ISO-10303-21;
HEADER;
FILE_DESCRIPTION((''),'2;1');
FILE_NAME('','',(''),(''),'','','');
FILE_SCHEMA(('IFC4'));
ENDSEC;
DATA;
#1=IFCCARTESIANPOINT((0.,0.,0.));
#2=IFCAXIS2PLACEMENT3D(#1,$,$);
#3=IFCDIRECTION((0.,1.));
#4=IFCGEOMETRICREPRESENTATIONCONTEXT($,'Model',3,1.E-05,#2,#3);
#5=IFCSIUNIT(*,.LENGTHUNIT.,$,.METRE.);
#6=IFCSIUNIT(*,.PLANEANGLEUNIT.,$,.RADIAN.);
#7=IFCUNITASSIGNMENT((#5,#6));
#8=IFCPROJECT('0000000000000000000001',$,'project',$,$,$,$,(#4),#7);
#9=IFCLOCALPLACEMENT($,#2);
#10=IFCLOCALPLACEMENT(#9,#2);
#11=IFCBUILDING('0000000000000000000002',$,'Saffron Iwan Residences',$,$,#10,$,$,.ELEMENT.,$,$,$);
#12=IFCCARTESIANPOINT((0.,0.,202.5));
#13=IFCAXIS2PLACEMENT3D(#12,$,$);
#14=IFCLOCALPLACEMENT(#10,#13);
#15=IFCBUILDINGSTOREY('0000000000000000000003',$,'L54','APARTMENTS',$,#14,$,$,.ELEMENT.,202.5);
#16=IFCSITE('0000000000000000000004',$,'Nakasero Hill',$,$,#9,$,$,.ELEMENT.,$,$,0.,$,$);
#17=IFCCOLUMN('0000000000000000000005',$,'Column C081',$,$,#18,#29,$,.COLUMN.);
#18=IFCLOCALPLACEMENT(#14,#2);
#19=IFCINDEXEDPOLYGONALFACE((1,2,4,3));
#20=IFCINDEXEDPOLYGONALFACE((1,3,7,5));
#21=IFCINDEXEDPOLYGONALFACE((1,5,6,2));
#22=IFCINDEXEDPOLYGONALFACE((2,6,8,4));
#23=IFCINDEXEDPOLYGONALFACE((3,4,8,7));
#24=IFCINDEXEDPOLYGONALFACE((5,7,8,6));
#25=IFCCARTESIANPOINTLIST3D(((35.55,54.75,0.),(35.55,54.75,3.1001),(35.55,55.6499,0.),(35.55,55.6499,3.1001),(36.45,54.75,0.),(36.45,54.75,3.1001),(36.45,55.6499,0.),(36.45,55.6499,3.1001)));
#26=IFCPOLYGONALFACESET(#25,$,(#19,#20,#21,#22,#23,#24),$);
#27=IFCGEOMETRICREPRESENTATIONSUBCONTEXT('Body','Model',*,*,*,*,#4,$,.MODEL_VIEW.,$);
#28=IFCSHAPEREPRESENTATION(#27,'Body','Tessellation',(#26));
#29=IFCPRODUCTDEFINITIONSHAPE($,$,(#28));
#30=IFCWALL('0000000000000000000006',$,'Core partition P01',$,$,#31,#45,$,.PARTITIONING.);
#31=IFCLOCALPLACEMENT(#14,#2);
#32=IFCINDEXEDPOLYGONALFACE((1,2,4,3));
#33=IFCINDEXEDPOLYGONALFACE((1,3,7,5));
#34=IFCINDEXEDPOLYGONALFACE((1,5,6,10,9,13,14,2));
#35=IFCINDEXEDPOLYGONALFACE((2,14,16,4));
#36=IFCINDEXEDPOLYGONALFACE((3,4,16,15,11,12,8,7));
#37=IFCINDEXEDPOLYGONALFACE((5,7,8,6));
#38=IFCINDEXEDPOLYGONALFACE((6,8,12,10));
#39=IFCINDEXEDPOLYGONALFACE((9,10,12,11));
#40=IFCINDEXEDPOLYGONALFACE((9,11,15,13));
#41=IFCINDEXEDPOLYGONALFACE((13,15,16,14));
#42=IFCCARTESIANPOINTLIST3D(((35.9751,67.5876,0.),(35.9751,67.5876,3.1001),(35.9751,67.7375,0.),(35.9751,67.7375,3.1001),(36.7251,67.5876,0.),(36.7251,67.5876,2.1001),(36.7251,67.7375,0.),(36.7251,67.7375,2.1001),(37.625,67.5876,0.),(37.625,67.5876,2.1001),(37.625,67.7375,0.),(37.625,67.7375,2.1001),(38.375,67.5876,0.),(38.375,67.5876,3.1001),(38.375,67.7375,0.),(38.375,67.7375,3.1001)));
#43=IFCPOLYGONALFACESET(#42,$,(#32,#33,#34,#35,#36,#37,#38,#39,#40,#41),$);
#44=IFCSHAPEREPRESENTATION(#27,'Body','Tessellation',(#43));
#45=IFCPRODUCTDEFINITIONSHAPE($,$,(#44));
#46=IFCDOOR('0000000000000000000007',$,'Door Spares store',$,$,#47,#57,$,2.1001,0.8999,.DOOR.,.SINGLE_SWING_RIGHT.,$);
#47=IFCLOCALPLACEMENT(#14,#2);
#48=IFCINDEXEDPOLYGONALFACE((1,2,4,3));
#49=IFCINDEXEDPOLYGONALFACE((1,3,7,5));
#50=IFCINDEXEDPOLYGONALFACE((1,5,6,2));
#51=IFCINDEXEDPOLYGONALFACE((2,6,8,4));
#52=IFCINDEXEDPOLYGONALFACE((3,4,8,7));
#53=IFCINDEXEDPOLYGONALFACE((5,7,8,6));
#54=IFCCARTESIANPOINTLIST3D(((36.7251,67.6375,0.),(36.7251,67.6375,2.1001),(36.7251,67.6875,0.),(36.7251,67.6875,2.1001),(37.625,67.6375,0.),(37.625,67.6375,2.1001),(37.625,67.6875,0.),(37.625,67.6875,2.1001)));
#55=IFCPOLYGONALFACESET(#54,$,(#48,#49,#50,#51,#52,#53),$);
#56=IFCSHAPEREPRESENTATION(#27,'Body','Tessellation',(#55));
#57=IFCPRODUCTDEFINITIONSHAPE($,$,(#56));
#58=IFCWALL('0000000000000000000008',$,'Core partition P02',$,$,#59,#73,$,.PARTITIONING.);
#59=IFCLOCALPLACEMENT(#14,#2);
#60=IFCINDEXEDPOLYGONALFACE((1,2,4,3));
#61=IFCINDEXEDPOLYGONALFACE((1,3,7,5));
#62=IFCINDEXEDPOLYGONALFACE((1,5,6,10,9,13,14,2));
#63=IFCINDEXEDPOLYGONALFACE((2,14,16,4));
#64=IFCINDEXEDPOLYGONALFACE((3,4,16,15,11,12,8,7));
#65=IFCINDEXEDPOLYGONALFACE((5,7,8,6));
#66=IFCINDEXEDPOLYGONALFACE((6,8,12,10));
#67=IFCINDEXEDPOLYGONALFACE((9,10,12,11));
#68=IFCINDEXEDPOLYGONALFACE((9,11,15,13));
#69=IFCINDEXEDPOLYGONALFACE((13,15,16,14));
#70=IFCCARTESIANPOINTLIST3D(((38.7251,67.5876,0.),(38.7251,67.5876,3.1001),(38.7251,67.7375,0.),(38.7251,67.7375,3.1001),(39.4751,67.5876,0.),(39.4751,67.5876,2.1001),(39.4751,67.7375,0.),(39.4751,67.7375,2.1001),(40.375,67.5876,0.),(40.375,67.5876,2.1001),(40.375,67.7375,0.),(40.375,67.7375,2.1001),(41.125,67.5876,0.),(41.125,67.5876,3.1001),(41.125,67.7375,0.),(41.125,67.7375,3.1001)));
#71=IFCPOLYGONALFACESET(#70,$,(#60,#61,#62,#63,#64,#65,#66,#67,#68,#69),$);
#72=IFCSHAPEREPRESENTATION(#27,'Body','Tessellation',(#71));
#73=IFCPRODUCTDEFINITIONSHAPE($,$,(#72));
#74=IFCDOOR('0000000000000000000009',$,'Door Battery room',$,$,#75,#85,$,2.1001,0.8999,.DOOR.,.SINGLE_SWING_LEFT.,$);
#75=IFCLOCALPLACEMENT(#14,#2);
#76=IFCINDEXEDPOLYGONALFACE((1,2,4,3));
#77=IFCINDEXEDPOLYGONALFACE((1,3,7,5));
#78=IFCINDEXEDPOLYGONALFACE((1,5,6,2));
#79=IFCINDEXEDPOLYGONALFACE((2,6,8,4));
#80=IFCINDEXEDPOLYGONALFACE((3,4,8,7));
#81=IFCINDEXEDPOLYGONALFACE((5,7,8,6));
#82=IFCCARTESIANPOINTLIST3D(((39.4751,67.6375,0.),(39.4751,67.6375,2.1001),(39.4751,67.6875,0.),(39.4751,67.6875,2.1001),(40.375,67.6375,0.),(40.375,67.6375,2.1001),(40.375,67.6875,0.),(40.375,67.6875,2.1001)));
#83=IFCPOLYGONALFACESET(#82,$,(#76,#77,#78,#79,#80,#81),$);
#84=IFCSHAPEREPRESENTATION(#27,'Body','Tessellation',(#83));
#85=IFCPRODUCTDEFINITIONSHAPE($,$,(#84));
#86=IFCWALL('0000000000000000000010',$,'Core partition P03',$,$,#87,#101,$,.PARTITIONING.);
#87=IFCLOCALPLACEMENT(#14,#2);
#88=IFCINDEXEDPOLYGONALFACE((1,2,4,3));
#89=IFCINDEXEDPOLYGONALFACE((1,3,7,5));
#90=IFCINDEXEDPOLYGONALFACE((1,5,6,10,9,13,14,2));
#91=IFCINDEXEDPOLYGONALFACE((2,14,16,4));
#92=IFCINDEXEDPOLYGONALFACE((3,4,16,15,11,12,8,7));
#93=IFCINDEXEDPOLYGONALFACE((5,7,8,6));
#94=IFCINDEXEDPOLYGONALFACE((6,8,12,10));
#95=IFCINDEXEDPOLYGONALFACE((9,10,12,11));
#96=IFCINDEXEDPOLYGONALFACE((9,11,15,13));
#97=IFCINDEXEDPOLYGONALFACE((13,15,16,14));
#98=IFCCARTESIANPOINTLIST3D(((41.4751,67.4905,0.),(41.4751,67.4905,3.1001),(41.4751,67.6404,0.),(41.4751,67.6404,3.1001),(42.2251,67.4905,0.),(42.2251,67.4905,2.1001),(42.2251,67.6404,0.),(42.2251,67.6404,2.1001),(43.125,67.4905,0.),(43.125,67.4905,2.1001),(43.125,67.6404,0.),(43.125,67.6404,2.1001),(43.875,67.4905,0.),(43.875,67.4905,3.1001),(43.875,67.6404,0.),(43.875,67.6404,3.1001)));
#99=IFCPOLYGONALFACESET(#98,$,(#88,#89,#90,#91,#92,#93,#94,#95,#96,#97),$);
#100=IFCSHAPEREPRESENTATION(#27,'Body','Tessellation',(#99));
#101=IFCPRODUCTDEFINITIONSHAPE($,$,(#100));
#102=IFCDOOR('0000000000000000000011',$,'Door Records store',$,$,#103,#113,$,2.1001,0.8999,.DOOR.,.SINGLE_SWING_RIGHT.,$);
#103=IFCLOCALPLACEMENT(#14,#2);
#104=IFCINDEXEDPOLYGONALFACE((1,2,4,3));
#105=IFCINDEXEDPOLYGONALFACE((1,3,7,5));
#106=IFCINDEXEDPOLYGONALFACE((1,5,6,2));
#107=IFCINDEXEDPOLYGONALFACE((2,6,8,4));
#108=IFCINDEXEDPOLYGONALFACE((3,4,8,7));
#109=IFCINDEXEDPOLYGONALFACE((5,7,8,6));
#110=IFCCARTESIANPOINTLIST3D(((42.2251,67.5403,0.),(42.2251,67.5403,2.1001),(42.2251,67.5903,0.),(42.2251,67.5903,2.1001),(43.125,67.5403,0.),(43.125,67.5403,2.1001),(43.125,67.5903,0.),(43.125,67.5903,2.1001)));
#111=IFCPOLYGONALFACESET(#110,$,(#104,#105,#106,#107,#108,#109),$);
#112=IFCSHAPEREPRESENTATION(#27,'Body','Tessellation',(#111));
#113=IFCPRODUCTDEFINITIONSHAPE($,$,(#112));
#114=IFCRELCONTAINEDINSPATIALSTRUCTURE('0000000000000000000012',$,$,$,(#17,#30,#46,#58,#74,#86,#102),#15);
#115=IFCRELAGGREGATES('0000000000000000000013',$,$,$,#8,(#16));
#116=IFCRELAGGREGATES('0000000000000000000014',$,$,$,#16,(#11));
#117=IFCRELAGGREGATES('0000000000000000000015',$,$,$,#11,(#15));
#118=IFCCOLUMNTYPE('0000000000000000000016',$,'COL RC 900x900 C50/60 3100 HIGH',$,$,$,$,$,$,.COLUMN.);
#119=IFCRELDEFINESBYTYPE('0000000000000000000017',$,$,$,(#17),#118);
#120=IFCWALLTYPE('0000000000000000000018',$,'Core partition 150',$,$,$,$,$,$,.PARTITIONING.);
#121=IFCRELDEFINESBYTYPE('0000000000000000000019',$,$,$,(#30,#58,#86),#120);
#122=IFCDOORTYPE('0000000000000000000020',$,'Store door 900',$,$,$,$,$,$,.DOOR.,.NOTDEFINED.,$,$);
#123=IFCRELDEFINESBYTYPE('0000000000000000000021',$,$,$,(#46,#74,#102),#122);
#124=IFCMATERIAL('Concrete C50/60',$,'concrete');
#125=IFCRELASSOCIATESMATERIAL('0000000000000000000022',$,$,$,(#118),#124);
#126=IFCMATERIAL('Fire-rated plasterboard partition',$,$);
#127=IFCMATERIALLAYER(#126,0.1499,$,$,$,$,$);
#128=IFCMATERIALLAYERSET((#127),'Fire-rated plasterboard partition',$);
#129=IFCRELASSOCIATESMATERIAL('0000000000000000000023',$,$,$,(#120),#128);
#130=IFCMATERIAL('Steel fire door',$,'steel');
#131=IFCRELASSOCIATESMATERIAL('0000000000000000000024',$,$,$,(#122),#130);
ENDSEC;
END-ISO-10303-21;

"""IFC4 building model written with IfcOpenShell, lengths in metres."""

from ifc_helpers import new_model, si_unit, direction, frame, frame_2d, origin, origin_2d, place, context, subcontext, project, spatial, rectangle, extrude, source, transform, mapped, material, layer, layer_set, material_profile, profile_set, type_object, element, fill, save


model = new_model("IFC4")

# Units and contexts
model_context = context("Model", 3, precision=1e-05, world=origin(), true_north=direction((0.0, 1.0)))
body_context = subcontext(model_context, "Body", "Model", "MODEL_VIEW")
ifc_project = project(units=[si_unit("LENGTHUNIT", "METRE"), si_unit("PLANEANGLEUNIT", "RADIAN")], contexts=[model_context])

# Site, building, storey
site_placement = place(None, origin())
site = spatial("IfcSite", under=ifc_project, at=site_placement, Name="Nakasero Hill", CompositionType="ELEMENT", RefElevation=0.0)
building_placement = place(site_placement, origin())
building = spatial("IfcBuilding", under=site, at=building_placement, Name="Saffron Iwan Residences", CompositionType="ELEMENT")
storey_placement = place(building_placement, frame((0.0, 0.0, 202.5)))
storey = spatial("IfcBuildingStorey", under=building, at=storey_placement, Name="L54", Description="APARTMENTS", CompositionType="ELEMENT", Elevation=202.5)

# Column
ifc_material_1 = material(Name="Concrete C50/60", Category="concrete")
ifc_material_profile = material_profile(ifc_material_1, rectangle(XDim=0.8999, YDim=0.8999, at=origin_2d()), Name="RC 900x900")
ifc_profile_set = profile_set([ifc_material_profile], Name="Concrete C50/60")
column_type = type_object("IfcColumnType", Name="COL RC 900x900 C50/60 3100 HIGH", PredefinedType="COLUMN", material=ifc_profile_set)
shared_shape = source(origin(), body_context, "Body", "SweptSolid", [
    extrude(rectangle(XDim=0.8999, YDim=0.8999, at=origin_2d()), origin(), (0.0, 0.0, 1.0), 3.1001),
])
column_placement = place(storey_placement, frame((36.0, 55.2, 0.0), z_axis=(0.0, 0.0, 1.0), x_axis=(1.0, 0.0, 0.0)))
element("IfcColumn", 1, at=column_placement, inside=storey, type_object=column_type, Name="Column C081", PredefinedType="COLUMN", context=body_context, shape_type="MappedRepresentation", body=[
    mapped(shared_shape, transform((0.0, 0.0, 0.0))),
])

# Walls, openings, doors
ifc_material_2 = material(Name="Fire-rated plasterboard partition")
ifc_layer_1 = layer(ifc_material_2, 0.1499)
ifc_layer_set_1 = layer_set([ifc_layer_1], Name="Fire-rated plasterboard partition")
wall_type_1 = type_object("IfcWallType", Name="Core partition 150", PredefinedType="PARTITIONING", material=ifc_layer_set_1)
wall_1_placement = place(storey_placement, frame((35.9751, 67.6626, 0.0), z_axis=(0.0, 0.0, 1.0), x_axis=(1.0, 0.0, 0.0)))
wall_1 = element("IfcWall", 2, at=wall_1_placement, inside=storey, type_object=wall_type_1, Name="Core partition P01", PredefinedType="PARTITIONING", context=body_context, shape_type="SweptSolid", body=[
    extrude(rectangle(XDim=2.3999, YDim=0.1499, at=frame_2d((1.2, 0.0))), origin(), (0.0, 0.0, 1.0), 3.1001),
])
opening_1_placement = place(wall_1_placement, frame((0.75, 0.0, 0.0)))
opening_1 = element("IfcOpeningElement", 3, at=opening_1_placement, cuts=wall_1, PredefinedType="OPENING", context=body_context, shape_type="SweptSolid", body=[
    extrude(rectangle(XDim=0.8999, YDim=2.1001, at=frame_2d((0.45, 1.05))), frame((0.0, 0.085, 0.0), z_axis=(0.0, -1.0, 0.0), x_axis=(1.0, 0.0, 0.0)), (0.0, 0.0, 1.0), 0.1699),
])
ifc_material_3 = material(Name="Steel fire door", Category="steel")
door_type_1 = type_object("IfcDoorType", Name="Store door 900", OperationType="NOTDEFINED", PredefinedType="DOOR", material=ifc_material_3)
door_1_placement = place(opening_1_placement, origin())
door_1 = element("IfcDoor", 4, at=door_1_placement, inside=storey, type_object=door_type_1, Name="Door Spares store", OperationType="SINGLE_SWING_RIGHT", OverallHeight=2.1001, OverallWidth=0.8999, PredefinedType="DOOR", context=body_context, shape_type="SweptSolid", body=[
    extrude(rectangle(XDim=0.8999, YDim=2.1001, at=frame_2d((0.45, 1.05))), frame((0.0, 0.0249, 0.0), z_axis=(0.0, -1.0, 0.0), x_axis=(1.0, 0.0, 0.0)), (0.0, 0.0, 1.0), 0.05),
])
fill(opening_1, door_1)
wall_2_placement = place(storey_placement, frame((38.7251, 67.6626, 0.0), z_axis=(0.0, 0.0, 1.0), x_axis=(1.0, 0.0, 0.0)))
wall_2 = element("IfcWall", 5, at=wall_2_placement, inside=storey, type_object=wall_type_1, Name="Core partition P02", PredefinedType="PARTITIONING", context=body_context, shape_type="SweptSolid", body=[
    extrude(rectangle(XDim=2.3999, YDim=0.1499, at=frame_2d((1.2, 0.0))), origin(), (0.0, 0.0, 1.0), 3.1001),
])
opening_2_placement = place(wall_2_placement, frame((0.75, 0.0, 0.0)))
opening_2 = element("IfcOpeningElement", 6, at=opening_2_placement, cuts=wall_2, PredefinedType="OPENING", context=body_context, shape_type="SweptSolid", body=[
    extrude(rectangle(XDim=0.8999, YDim=2.1001, at=frame_2d((0.45, 1.05))), frame((0.0, 0.085, 0.0), z_axis=(0.0, -1.0, 0.0), x_axis=(1.0, 0.0, 0.0)), (0.0, 0.0, 1.0), 0.1699),
])
door_2_placement = place(opening_2_placement, origin())
door_2 = element("IfcDoor", 7, at=door_2_placement, inside=storey, type_object=door_type_1, Name="Door Battery room", OperationType="SINGLE_SWING_LEFT", OverallHeight=2.1001, OverallWidth=0.8999, PredefinedType="DOOR", context=body_context, shape_type="SweptSolid", body=[
    extrude(rectangle(XDim=0.8999, YDim=2.1001, at=frame_2d((0.45, 1.05))), frame((0.0, 0.0249, 0.0), z_axis=(0.0, -1.0, 0.0), x_axis=(1.0, 0.0, 0.0)), (0.0, 0.0, 1.0), 0.05),
])
fill(opening_2, door_2)
wall_3_placement = place(storey_placement, frame((41.4751, 67.5654, 0.0), z_axis=(0.0, 0.0, 1.0), x_axis=(1.0, 0.0, 0.0)))
wall_3 = element("IfcWall", 8, at=wall_3_placement, inside=storey, type_object=wall_type_1, Name="Core partition P03", PredefinedType="PARTITIONING", context=body_context, shape_type="SweptSolid", body=[
    extrude(rectangle(XDim=2.3999, YDim=0.1499, at=frame_2d((1.2, 0.0))), origin(), (0.0, 0.0, 1.0), 3.1001),
])
opening_3_placement = place(wall_3_placement, frame((0.75, 0.0, 0.0)))
opening_3 = element("IfcOpeningElement", 9, at=opening_3_placement, cuts=wall_3, PredefinedType="OPENING", context=body_context, shape_type="SweptSolid", body=[
    extrude(rectangle(XDim=0.8999, YDim=2.1001, at=frame_2d((0.45, 1.05))), frame((0.0, 0.085, 0.0), z_axis=(0.0, -1.0, 0.0), x_axis=(1.0, 0.0, 0.0)), (0.0, 0.0, 1.0), 0.1699),
])
door_3_placement = place(opening_3_placement, origin())
door_3 = element("IfcDoor", 10, at=door_3_placement, inside=storey, type_object=door_type_1, Name="Door Records store", OperationType="SINGLE_SWING_RIGHT", OverallHeight=2.1001, OverallWidth=0.8999, PredefinedType="DOOR", context=body_context, shape_type="SweptSolid", body=[
    extrude(rectangle(XDim=0.8999, YDim=2.1001, at=frame_2d((0.45, 1.05))), frame((0.0, 0.0249, 0.0), z_axis=(0.0, -1.0, 0.0), x_axis=(1.0, 0.0, 0.0)), (0.0, 0.0, 1.0), 0.05),
])
fill(opening_3, door_3)

save(model, "model.ifc")
